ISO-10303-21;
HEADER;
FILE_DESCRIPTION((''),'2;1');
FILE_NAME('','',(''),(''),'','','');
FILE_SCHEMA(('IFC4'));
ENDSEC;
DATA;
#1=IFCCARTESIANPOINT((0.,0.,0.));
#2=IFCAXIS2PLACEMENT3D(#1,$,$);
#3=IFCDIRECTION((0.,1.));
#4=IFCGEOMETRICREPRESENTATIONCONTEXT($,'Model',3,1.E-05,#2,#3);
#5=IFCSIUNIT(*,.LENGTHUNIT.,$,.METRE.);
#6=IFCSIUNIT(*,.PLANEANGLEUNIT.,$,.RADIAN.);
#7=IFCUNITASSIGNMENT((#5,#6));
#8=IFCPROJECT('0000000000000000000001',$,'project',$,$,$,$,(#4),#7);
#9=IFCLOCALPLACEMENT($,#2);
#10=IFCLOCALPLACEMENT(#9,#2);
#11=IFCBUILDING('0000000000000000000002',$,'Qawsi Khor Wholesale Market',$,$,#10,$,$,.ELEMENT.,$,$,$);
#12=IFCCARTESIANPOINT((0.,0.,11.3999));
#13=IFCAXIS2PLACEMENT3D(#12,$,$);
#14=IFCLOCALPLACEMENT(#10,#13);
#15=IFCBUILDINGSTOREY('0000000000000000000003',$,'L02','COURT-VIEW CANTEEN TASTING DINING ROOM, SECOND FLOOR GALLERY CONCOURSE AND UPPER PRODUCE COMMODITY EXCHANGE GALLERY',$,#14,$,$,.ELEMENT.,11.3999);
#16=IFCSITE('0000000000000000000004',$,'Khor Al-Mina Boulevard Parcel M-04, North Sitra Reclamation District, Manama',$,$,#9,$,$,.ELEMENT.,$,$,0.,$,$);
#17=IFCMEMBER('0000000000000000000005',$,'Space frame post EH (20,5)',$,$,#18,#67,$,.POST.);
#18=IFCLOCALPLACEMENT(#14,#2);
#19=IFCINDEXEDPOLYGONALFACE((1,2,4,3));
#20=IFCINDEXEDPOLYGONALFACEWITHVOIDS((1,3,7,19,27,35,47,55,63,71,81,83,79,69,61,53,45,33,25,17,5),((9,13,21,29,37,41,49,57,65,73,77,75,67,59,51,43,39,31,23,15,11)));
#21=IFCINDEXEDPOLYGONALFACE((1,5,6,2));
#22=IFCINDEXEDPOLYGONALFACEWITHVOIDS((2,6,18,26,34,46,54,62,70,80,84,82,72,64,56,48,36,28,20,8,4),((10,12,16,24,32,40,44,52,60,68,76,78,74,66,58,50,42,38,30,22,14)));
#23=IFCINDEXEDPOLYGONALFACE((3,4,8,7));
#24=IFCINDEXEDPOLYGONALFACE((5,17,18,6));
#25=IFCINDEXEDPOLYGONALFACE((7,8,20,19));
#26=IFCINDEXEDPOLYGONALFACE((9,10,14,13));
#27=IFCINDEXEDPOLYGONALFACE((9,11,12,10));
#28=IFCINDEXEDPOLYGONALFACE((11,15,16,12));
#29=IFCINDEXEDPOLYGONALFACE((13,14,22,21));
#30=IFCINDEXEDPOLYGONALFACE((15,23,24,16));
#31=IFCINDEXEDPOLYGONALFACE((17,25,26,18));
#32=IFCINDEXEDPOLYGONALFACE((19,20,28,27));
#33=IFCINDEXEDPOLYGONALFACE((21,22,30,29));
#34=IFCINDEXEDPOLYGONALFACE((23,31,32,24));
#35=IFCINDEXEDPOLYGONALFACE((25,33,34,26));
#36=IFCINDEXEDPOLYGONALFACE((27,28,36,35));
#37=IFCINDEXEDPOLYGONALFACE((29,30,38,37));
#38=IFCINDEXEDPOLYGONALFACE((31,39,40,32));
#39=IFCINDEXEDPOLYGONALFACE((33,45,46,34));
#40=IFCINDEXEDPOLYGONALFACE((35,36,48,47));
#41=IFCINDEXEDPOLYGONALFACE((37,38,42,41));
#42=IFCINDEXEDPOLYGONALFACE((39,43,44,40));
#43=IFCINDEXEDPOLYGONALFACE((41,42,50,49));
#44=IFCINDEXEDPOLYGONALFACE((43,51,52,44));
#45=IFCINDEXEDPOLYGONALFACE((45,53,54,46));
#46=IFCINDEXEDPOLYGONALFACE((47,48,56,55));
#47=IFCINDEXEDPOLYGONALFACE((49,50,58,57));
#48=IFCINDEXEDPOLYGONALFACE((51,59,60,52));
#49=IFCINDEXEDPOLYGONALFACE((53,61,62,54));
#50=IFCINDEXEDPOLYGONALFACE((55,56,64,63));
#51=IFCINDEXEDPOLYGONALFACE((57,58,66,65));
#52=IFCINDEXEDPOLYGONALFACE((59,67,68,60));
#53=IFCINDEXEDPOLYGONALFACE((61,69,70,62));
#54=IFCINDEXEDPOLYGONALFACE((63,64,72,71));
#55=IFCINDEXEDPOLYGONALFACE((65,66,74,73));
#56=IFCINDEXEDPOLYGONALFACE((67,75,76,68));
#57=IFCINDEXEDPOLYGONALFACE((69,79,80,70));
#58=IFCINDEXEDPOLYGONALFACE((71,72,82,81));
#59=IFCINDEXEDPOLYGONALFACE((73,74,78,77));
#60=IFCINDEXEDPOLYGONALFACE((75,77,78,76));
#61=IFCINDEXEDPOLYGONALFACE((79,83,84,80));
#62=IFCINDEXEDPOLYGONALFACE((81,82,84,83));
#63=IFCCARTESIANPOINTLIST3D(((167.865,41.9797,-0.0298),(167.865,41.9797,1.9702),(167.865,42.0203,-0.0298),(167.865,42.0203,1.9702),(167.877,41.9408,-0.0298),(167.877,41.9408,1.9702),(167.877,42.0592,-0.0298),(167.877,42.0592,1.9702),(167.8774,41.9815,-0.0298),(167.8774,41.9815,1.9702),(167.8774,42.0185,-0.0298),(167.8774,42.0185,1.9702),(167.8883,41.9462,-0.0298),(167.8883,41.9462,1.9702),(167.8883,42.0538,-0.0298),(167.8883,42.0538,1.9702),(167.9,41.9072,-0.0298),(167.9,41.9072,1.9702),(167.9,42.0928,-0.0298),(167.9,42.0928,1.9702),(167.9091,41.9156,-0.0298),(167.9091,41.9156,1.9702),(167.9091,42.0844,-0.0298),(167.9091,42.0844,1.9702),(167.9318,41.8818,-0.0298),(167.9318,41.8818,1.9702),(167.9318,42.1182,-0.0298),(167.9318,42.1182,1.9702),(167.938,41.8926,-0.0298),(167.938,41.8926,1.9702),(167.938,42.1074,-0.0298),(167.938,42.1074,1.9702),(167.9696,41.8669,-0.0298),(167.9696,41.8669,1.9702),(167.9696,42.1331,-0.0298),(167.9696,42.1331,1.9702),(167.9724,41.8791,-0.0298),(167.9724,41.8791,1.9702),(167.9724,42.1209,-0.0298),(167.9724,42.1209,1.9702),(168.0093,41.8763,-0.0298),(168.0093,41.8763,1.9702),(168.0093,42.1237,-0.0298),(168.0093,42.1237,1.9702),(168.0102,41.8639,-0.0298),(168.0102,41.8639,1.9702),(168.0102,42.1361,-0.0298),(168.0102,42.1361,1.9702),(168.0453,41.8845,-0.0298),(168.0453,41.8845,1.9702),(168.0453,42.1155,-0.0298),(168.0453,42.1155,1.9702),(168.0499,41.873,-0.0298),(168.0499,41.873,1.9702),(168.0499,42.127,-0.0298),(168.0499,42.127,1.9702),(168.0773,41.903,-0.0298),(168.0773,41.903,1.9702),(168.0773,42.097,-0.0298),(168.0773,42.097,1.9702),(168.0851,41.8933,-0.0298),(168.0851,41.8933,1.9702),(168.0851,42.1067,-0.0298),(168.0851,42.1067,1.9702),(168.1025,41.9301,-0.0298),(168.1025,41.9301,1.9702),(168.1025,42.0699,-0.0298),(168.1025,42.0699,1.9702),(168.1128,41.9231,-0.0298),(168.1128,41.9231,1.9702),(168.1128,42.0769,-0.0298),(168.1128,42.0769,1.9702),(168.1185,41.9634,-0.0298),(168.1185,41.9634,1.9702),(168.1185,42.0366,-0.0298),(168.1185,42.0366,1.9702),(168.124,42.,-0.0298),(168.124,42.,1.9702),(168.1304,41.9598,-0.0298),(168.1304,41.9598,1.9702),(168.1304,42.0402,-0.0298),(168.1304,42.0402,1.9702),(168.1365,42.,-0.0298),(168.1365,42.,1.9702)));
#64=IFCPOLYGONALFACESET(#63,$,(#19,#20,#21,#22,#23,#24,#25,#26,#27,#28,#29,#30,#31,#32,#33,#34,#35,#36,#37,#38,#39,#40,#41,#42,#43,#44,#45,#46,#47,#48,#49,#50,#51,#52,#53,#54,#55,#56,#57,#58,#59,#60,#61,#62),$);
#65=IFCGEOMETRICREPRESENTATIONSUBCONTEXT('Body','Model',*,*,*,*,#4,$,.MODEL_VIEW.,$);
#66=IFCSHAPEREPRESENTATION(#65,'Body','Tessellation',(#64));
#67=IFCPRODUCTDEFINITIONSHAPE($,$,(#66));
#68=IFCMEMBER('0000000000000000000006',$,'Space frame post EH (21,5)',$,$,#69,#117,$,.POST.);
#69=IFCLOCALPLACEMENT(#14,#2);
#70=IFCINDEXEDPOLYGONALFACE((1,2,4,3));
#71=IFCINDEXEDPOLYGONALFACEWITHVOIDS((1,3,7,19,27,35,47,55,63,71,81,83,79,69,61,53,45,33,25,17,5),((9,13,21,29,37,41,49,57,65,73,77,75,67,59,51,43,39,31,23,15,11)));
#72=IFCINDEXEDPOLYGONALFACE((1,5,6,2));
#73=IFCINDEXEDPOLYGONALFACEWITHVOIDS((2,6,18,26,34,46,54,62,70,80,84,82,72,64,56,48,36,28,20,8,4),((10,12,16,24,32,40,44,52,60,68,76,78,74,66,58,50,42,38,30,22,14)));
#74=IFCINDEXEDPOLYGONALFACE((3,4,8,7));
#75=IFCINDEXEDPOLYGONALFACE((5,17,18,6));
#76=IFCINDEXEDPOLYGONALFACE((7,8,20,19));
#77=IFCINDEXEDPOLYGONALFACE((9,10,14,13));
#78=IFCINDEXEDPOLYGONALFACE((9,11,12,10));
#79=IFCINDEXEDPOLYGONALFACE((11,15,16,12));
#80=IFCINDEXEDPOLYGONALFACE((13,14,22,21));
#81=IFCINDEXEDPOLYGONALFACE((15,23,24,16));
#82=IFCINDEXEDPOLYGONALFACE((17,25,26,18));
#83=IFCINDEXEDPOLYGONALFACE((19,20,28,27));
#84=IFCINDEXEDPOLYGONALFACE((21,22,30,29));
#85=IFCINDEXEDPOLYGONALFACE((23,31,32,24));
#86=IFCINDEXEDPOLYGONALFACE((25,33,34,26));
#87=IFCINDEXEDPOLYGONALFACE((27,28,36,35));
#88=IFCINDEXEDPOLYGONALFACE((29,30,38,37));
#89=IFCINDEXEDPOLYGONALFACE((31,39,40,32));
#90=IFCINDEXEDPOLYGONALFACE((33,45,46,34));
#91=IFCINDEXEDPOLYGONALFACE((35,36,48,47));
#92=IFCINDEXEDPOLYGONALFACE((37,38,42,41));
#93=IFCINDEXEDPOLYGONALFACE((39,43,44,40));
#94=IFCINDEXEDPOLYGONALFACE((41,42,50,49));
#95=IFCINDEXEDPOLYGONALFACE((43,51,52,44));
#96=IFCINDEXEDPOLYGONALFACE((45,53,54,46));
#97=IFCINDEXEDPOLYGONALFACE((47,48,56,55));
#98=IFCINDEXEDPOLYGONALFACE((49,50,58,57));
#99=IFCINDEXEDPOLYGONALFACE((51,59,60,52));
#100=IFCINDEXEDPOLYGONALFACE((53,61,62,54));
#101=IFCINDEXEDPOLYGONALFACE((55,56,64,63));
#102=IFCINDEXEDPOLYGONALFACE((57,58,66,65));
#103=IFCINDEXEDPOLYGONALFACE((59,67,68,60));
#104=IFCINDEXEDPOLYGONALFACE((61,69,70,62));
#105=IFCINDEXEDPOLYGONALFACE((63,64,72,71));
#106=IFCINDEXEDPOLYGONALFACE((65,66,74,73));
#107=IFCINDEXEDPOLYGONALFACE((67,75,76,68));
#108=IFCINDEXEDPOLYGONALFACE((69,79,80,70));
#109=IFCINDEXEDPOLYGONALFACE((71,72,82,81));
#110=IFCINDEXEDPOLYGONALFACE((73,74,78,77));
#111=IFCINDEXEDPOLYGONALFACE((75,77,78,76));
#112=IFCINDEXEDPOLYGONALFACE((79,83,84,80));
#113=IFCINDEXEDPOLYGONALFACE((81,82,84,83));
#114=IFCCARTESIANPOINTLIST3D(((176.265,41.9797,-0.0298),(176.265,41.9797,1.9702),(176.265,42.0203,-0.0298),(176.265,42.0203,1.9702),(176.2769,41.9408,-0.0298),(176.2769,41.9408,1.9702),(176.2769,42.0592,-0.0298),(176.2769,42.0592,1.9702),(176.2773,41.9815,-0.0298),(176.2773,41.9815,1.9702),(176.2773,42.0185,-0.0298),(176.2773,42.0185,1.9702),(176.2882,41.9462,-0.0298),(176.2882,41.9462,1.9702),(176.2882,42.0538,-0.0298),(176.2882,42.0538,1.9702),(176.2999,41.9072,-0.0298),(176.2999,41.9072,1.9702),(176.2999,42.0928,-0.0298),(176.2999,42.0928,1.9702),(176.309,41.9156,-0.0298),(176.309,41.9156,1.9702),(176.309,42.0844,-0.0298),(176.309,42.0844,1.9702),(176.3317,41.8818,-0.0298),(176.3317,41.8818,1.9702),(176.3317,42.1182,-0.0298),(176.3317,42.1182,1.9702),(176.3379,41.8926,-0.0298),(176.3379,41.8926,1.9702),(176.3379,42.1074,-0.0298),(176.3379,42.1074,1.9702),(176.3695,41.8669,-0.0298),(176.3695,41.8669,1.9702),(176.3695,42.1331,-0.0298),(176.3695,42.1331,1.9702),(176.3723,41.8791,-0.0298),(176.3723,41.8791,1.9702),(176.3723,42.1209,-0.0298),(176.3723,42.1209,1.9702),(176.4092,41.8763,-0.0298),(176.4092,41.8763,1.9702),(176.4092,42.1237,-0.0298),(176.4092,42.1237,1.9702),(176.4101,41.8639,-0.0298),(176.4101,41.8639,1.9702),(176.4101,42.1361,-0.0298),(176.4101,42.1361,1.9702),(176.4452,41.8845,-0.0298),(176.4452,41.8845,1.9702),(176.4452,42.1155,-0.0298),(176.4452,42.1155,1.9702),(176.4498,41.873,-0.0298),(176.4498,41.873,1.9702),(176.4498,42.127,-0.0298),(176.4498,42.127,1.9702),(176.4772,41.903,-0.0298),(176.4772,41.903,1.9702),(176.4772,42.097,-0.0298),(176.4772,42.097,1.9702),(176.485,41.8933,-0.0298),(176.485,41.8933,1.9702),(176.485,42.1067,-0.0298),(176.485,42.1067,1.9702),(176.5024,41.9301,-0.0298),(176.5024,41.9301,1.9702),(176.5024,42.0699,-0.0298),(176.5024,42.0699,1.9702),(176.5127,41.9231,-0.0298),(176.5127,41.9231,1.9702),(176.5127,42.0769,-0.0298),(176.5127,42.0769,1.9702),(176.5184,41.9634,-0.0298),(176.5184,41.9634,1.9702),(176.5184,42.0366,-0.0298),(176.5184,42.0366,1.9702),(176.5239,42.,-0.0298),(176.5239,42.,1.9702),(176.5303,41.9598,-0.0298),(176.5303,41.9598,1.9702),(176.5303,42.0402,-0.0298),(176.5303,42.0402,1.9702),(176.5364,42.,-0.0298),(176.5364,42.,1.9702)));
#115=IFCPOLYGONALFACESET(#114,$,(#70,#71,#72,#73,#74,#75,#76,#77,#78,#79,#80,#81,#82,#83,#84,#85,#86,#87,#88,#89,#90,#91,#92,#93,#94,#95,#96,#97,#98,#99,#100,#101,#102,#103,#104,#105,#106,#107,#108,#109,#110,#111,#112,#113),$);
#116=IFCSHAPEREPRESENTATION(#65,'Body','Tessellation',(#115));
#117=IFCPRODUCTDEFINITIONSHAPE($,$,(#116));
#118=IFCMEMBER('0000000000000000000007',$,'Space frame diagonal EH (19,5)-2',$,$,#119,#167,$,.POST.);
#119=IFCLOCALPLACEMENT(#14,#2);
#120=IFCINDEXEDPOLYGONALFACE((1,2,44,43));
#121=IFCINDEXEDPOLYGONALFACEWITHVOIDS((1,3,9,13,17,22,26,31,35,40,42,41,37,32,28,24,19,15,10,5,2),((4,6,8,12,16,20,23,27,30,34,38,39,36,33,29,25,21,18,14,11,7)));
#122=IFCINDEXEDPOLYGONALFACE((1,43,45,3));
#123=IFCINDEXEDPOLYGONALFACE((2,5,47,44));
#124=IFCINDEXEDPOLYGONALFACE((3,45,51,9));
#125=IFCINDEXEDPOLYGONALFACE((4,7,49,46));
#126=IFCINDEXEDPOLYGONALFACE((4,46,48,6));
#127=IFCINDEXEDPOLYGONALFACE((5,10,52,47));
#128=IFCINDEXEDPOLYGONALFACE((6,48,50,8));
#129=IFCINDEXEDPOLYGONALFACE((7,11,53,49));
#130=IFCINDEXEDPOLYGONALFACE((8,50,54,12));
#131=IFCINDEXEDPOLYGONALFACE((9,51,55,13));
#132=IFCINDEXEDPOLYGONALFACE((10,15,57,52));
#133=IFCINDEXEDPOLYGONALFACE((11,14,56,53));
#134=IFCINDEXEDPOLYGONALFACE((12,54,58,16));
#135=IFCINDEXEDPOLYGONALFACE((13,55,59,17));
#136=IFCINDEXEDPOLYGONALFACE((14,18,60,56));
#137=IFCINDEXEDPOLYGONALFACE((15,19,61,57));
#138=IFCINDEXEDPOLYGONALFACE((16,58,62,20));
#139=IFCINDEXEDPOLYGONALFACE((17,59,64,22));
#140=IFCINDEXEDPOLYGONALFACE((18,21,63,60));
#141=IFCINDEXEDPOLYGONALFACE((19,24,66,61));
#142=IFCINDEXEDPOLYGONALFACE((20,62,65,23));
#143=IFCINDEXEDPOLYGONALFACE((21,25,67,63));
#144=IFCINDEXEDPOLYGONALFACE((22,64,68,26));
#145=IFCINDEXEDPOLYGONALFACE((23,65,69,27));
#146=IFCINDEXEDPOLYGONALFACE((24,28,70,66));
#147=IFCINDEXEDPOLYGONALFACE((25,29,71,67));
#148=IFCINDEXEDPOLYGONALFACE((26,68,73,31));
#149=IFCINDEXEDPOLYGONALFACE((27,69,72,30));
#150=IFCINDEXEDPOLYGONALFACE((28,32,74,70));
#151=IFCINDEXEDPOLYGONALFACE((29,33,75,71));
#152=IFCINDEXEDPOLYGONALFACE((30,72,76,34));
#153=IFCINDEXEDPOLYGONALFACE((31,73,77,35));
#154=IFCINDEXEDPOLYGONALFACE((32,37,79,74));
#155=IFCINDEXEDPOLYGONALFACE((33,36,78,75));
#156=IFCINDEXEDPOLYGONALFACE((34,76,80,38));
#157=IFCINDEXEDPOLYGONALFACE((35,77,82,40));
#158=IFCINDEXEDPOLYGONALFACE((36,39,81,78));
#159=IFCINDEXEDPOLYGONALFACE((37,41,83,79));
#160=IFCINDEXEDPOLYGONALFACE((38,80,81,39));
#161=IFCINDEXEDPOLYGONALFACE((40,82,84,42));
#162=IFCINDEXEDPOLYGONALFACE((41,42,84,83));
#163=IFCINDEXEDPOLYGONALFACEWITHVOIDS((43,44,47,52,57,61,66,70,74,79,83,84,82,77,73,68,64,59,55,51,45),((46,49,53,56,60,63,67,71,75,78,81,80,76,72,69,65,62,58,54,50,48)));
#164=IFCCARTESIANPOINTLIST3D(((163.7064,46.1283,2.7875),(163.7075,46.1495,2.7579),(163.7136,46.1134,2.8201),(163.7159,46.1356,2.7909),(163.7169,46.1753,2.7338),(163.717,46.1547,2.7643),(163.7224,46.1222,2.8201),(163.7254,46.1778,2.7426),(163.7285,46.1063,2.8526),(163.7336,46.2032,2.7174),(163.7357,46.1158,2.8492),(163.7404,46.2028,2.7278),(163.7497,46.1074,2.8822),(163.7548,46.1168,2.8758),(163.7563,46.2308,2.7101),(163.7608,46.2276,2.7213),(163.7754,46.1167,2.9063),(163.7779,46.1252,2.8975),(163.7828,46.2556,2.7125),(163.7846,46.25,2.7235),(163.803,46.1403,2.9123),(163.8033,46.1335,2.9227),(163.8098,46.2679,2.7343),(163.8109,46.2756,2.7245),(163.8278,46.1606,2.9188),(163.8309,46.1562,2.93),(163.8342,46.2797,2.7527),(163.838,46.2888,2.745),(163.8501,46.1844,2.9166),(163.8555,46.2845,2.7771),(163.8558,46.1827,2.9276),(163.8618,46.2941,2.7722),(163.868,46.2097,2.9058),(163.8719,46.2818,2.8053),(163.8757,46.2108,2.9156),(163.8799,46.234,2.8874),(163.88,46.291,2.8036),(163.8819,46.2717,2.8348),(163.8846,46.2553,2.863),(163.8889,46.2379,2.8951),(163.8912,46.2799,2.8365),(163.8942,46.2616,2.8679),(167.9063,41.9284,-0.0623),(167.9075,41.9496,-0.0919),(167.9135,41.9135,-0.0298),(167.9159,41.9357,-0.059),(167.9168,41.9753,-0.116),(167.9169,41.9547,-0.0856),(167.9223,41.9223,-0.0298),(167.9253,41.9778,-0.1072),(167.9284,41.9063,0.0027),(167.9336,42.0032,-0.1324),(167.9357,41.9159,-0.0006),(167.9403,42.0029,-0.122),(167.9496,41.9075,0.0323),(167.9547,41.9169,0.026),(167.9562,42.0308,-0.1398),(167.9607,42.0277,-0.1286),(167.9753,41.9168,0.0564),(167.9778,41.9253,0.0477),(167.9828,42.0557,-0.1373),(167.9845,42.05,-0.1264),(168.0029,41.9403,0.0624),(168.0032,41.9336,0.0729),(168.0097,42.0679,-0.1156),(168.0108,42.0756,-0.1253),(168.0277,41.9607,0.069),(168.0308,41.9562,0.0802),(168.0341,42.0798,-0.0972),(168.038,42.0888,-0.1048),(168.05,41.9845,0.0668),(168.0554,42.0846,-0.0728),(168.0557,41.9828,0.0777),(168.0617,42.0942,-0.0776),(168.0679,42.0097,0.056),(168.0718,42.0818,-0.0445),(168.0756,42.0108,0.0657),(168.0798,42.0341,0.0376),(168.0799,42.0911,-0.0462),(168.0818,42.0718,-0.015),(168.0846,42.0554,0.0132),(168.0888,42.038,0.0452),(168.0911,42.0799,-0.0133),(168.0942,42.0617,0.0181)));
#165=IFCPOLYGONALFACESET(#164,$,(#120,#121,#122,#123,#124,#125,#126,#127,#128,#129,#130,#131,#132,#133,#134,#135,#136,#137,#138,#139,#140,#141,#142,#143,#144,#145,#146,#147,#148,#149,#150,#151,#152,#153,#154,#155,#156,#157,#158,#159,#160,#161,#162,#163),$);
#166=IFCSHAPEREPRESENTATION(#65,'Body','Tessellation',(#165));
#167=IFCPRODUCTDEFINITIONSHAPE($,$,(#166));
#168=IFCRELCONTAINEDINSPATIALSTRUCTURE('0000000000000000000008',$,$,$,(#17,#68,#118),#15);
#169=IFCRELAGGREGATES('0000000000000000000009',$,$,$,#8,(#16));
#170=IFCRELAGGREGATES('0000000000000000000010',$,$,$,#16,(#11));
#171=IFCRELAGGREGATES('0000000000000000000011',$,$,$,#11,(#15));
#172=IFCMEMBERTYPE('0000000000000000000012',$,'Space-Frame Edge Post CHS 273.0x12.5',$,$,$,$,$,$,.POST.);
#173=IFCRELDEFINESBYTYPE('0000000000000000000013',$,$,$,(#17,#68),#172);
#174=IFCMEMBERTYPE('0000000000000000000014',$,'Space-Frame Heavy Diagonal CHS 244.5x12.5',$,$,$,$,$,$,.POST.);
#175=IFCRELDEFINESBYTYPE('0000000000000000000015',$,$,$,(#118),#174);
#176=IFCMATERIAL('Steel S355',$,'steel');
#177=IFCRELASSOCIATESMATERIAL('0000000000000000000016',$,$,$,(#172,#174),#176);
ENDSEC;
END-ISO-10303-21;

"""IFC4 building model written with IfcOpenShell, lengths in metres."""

from ifc_helpers import new_model, si_unit, direction, frame, origin, origin_2d, place, context, subcontext, project, spatial, hollow_circle, extrude, material, material_profile, profile_set, type_object, element, save


model = new_model("IFC4")

# Units and contexts
model_context = context("Model", 3, precision=1e-05, world=origin(), true_north=direction((0.0, 1.0)))
body_context = subcontext(model_context, "Body", "Model", "MODEL_VIEW")
ifc_project = project(units=[si_unit("LENGTHUNIT", "METRE"), si_unit("PLANEANGLEUNIT", "RADIAN")], contexts=[model_context])

# Site, building, storey
site_placement = place(None, origin())
site = spatial("IfcSite", under=ifc_project, at=site_placement, Name="Khor Al-Mina Boulevard Parcel M-04, North Sitra Reclamation District, Manama", CompositionType="ELEMENT", RefElevation=0.0)
building_placement = place(site_placement, origin())
building = spatial("IfcBuilding", under=site, at=building_placement, Name="Qawsi Khor Wholesale Market", CompositionType="ELEMENT")
storey_placement = place(building_placement, frame((0.0, 0.0, 11.3999)))
storey = spatial("IfcBuildingStorey", under=building, at=storey_placement, Name="L02", Description="COURT-VIEW CANTEEN TASTING DINING ROOM, SECOND FLOOR GALLERY CONCOURSE AND UPPER PRODUCE COMMODITY EXCHANGE GALLERY", CompositionType="ELEMENT", Elevation=11.3999)

# Members
ifc_material_1 = material(Name="Steel S355", Category="steel")
ifc_material_profile_1 = material_profile(ifc_material_1, hollow_circle(Radius=0.1365, WallThickness=0.0125, at=origin_2d()), Name="CHS 273.0x12.5")
ifc_profile_set_1 = profile_set([ifc_material_profile_1], Name="Steel S355")
member_type_1 = type_object("IfcMemberType", Name="Space-Frame Edge Post CHS 273.0x12.5", PredefinedType="POST", material=ifc_profile_set_1)
for number, where, z_axis, x_axis, name in (
    (1, (168.0, 42.0, -0.0298), (0.0, 0.0, 1.0), (1.0, 0.0, 0.0), "Space frame post EH (20,5)"),
    (2, (176.3999, 42.0, -0.0298), (0.0, 0.0, 1.0), (1.0, 0.0, 0.0), "Space frame post EH (21,5)"),
):
    element("IfcMember", number, at=place(storey_placement, frame(where, z_axis=z_axis, x_axis=x_axis)), inside=storey, type_object=member_type_1, Name=name, PredefinedType="POST", context=body_context, shape_type="SweptSolid", body=[
        extrude(hollow_circle(Radius=0.1365, WallThickness=0.0125, at=origin_2d()), origin(), (0.0, 0.0, 1.0), 2.0),
    ])
ifc_material_profile_2 = material_profile(ifc_material_1, hollow_circle(Radius=0.1223, WallThickness=0.0125, at=origin_2d()), Name="CHS 244.5x12.5")
ifc_profile_set_2 = profile_set([ifc_material_profile_2], Name="Steel S355")
member_type_2 = type_object("IfcMemberType", Name="Space-Frame Heavy Diagonal CHS 244.5x12.5", PredefinedType="POST", material=ifc_profile_set_2)
for number, where, z_axis, x_axis, name in (
    (3, (168.0, 42.0, -0.0298), (-0.637522, 0.637522, 0.432587), (-0.707107, -0.707107, 0.0), "Space frame diagonal EH (19,5)-2"),
):
    element("IfcMember", number, at=place(storey_placement, frame(where, z_axis=z_axis, x_axis=x_axis)), inside=storey, type_object=member_type_2, Name=name, PredefinedType="POST", context=body_context, shape_type="SweptSolid", body=[
        extrude(hollow_circle(Radius=0.1223, WallThickness=0.0125, at=origin_2d()), origin(), (0.0, 0.0, 1.0), 6.5879),
    ])

save(model, "model.ifc")
